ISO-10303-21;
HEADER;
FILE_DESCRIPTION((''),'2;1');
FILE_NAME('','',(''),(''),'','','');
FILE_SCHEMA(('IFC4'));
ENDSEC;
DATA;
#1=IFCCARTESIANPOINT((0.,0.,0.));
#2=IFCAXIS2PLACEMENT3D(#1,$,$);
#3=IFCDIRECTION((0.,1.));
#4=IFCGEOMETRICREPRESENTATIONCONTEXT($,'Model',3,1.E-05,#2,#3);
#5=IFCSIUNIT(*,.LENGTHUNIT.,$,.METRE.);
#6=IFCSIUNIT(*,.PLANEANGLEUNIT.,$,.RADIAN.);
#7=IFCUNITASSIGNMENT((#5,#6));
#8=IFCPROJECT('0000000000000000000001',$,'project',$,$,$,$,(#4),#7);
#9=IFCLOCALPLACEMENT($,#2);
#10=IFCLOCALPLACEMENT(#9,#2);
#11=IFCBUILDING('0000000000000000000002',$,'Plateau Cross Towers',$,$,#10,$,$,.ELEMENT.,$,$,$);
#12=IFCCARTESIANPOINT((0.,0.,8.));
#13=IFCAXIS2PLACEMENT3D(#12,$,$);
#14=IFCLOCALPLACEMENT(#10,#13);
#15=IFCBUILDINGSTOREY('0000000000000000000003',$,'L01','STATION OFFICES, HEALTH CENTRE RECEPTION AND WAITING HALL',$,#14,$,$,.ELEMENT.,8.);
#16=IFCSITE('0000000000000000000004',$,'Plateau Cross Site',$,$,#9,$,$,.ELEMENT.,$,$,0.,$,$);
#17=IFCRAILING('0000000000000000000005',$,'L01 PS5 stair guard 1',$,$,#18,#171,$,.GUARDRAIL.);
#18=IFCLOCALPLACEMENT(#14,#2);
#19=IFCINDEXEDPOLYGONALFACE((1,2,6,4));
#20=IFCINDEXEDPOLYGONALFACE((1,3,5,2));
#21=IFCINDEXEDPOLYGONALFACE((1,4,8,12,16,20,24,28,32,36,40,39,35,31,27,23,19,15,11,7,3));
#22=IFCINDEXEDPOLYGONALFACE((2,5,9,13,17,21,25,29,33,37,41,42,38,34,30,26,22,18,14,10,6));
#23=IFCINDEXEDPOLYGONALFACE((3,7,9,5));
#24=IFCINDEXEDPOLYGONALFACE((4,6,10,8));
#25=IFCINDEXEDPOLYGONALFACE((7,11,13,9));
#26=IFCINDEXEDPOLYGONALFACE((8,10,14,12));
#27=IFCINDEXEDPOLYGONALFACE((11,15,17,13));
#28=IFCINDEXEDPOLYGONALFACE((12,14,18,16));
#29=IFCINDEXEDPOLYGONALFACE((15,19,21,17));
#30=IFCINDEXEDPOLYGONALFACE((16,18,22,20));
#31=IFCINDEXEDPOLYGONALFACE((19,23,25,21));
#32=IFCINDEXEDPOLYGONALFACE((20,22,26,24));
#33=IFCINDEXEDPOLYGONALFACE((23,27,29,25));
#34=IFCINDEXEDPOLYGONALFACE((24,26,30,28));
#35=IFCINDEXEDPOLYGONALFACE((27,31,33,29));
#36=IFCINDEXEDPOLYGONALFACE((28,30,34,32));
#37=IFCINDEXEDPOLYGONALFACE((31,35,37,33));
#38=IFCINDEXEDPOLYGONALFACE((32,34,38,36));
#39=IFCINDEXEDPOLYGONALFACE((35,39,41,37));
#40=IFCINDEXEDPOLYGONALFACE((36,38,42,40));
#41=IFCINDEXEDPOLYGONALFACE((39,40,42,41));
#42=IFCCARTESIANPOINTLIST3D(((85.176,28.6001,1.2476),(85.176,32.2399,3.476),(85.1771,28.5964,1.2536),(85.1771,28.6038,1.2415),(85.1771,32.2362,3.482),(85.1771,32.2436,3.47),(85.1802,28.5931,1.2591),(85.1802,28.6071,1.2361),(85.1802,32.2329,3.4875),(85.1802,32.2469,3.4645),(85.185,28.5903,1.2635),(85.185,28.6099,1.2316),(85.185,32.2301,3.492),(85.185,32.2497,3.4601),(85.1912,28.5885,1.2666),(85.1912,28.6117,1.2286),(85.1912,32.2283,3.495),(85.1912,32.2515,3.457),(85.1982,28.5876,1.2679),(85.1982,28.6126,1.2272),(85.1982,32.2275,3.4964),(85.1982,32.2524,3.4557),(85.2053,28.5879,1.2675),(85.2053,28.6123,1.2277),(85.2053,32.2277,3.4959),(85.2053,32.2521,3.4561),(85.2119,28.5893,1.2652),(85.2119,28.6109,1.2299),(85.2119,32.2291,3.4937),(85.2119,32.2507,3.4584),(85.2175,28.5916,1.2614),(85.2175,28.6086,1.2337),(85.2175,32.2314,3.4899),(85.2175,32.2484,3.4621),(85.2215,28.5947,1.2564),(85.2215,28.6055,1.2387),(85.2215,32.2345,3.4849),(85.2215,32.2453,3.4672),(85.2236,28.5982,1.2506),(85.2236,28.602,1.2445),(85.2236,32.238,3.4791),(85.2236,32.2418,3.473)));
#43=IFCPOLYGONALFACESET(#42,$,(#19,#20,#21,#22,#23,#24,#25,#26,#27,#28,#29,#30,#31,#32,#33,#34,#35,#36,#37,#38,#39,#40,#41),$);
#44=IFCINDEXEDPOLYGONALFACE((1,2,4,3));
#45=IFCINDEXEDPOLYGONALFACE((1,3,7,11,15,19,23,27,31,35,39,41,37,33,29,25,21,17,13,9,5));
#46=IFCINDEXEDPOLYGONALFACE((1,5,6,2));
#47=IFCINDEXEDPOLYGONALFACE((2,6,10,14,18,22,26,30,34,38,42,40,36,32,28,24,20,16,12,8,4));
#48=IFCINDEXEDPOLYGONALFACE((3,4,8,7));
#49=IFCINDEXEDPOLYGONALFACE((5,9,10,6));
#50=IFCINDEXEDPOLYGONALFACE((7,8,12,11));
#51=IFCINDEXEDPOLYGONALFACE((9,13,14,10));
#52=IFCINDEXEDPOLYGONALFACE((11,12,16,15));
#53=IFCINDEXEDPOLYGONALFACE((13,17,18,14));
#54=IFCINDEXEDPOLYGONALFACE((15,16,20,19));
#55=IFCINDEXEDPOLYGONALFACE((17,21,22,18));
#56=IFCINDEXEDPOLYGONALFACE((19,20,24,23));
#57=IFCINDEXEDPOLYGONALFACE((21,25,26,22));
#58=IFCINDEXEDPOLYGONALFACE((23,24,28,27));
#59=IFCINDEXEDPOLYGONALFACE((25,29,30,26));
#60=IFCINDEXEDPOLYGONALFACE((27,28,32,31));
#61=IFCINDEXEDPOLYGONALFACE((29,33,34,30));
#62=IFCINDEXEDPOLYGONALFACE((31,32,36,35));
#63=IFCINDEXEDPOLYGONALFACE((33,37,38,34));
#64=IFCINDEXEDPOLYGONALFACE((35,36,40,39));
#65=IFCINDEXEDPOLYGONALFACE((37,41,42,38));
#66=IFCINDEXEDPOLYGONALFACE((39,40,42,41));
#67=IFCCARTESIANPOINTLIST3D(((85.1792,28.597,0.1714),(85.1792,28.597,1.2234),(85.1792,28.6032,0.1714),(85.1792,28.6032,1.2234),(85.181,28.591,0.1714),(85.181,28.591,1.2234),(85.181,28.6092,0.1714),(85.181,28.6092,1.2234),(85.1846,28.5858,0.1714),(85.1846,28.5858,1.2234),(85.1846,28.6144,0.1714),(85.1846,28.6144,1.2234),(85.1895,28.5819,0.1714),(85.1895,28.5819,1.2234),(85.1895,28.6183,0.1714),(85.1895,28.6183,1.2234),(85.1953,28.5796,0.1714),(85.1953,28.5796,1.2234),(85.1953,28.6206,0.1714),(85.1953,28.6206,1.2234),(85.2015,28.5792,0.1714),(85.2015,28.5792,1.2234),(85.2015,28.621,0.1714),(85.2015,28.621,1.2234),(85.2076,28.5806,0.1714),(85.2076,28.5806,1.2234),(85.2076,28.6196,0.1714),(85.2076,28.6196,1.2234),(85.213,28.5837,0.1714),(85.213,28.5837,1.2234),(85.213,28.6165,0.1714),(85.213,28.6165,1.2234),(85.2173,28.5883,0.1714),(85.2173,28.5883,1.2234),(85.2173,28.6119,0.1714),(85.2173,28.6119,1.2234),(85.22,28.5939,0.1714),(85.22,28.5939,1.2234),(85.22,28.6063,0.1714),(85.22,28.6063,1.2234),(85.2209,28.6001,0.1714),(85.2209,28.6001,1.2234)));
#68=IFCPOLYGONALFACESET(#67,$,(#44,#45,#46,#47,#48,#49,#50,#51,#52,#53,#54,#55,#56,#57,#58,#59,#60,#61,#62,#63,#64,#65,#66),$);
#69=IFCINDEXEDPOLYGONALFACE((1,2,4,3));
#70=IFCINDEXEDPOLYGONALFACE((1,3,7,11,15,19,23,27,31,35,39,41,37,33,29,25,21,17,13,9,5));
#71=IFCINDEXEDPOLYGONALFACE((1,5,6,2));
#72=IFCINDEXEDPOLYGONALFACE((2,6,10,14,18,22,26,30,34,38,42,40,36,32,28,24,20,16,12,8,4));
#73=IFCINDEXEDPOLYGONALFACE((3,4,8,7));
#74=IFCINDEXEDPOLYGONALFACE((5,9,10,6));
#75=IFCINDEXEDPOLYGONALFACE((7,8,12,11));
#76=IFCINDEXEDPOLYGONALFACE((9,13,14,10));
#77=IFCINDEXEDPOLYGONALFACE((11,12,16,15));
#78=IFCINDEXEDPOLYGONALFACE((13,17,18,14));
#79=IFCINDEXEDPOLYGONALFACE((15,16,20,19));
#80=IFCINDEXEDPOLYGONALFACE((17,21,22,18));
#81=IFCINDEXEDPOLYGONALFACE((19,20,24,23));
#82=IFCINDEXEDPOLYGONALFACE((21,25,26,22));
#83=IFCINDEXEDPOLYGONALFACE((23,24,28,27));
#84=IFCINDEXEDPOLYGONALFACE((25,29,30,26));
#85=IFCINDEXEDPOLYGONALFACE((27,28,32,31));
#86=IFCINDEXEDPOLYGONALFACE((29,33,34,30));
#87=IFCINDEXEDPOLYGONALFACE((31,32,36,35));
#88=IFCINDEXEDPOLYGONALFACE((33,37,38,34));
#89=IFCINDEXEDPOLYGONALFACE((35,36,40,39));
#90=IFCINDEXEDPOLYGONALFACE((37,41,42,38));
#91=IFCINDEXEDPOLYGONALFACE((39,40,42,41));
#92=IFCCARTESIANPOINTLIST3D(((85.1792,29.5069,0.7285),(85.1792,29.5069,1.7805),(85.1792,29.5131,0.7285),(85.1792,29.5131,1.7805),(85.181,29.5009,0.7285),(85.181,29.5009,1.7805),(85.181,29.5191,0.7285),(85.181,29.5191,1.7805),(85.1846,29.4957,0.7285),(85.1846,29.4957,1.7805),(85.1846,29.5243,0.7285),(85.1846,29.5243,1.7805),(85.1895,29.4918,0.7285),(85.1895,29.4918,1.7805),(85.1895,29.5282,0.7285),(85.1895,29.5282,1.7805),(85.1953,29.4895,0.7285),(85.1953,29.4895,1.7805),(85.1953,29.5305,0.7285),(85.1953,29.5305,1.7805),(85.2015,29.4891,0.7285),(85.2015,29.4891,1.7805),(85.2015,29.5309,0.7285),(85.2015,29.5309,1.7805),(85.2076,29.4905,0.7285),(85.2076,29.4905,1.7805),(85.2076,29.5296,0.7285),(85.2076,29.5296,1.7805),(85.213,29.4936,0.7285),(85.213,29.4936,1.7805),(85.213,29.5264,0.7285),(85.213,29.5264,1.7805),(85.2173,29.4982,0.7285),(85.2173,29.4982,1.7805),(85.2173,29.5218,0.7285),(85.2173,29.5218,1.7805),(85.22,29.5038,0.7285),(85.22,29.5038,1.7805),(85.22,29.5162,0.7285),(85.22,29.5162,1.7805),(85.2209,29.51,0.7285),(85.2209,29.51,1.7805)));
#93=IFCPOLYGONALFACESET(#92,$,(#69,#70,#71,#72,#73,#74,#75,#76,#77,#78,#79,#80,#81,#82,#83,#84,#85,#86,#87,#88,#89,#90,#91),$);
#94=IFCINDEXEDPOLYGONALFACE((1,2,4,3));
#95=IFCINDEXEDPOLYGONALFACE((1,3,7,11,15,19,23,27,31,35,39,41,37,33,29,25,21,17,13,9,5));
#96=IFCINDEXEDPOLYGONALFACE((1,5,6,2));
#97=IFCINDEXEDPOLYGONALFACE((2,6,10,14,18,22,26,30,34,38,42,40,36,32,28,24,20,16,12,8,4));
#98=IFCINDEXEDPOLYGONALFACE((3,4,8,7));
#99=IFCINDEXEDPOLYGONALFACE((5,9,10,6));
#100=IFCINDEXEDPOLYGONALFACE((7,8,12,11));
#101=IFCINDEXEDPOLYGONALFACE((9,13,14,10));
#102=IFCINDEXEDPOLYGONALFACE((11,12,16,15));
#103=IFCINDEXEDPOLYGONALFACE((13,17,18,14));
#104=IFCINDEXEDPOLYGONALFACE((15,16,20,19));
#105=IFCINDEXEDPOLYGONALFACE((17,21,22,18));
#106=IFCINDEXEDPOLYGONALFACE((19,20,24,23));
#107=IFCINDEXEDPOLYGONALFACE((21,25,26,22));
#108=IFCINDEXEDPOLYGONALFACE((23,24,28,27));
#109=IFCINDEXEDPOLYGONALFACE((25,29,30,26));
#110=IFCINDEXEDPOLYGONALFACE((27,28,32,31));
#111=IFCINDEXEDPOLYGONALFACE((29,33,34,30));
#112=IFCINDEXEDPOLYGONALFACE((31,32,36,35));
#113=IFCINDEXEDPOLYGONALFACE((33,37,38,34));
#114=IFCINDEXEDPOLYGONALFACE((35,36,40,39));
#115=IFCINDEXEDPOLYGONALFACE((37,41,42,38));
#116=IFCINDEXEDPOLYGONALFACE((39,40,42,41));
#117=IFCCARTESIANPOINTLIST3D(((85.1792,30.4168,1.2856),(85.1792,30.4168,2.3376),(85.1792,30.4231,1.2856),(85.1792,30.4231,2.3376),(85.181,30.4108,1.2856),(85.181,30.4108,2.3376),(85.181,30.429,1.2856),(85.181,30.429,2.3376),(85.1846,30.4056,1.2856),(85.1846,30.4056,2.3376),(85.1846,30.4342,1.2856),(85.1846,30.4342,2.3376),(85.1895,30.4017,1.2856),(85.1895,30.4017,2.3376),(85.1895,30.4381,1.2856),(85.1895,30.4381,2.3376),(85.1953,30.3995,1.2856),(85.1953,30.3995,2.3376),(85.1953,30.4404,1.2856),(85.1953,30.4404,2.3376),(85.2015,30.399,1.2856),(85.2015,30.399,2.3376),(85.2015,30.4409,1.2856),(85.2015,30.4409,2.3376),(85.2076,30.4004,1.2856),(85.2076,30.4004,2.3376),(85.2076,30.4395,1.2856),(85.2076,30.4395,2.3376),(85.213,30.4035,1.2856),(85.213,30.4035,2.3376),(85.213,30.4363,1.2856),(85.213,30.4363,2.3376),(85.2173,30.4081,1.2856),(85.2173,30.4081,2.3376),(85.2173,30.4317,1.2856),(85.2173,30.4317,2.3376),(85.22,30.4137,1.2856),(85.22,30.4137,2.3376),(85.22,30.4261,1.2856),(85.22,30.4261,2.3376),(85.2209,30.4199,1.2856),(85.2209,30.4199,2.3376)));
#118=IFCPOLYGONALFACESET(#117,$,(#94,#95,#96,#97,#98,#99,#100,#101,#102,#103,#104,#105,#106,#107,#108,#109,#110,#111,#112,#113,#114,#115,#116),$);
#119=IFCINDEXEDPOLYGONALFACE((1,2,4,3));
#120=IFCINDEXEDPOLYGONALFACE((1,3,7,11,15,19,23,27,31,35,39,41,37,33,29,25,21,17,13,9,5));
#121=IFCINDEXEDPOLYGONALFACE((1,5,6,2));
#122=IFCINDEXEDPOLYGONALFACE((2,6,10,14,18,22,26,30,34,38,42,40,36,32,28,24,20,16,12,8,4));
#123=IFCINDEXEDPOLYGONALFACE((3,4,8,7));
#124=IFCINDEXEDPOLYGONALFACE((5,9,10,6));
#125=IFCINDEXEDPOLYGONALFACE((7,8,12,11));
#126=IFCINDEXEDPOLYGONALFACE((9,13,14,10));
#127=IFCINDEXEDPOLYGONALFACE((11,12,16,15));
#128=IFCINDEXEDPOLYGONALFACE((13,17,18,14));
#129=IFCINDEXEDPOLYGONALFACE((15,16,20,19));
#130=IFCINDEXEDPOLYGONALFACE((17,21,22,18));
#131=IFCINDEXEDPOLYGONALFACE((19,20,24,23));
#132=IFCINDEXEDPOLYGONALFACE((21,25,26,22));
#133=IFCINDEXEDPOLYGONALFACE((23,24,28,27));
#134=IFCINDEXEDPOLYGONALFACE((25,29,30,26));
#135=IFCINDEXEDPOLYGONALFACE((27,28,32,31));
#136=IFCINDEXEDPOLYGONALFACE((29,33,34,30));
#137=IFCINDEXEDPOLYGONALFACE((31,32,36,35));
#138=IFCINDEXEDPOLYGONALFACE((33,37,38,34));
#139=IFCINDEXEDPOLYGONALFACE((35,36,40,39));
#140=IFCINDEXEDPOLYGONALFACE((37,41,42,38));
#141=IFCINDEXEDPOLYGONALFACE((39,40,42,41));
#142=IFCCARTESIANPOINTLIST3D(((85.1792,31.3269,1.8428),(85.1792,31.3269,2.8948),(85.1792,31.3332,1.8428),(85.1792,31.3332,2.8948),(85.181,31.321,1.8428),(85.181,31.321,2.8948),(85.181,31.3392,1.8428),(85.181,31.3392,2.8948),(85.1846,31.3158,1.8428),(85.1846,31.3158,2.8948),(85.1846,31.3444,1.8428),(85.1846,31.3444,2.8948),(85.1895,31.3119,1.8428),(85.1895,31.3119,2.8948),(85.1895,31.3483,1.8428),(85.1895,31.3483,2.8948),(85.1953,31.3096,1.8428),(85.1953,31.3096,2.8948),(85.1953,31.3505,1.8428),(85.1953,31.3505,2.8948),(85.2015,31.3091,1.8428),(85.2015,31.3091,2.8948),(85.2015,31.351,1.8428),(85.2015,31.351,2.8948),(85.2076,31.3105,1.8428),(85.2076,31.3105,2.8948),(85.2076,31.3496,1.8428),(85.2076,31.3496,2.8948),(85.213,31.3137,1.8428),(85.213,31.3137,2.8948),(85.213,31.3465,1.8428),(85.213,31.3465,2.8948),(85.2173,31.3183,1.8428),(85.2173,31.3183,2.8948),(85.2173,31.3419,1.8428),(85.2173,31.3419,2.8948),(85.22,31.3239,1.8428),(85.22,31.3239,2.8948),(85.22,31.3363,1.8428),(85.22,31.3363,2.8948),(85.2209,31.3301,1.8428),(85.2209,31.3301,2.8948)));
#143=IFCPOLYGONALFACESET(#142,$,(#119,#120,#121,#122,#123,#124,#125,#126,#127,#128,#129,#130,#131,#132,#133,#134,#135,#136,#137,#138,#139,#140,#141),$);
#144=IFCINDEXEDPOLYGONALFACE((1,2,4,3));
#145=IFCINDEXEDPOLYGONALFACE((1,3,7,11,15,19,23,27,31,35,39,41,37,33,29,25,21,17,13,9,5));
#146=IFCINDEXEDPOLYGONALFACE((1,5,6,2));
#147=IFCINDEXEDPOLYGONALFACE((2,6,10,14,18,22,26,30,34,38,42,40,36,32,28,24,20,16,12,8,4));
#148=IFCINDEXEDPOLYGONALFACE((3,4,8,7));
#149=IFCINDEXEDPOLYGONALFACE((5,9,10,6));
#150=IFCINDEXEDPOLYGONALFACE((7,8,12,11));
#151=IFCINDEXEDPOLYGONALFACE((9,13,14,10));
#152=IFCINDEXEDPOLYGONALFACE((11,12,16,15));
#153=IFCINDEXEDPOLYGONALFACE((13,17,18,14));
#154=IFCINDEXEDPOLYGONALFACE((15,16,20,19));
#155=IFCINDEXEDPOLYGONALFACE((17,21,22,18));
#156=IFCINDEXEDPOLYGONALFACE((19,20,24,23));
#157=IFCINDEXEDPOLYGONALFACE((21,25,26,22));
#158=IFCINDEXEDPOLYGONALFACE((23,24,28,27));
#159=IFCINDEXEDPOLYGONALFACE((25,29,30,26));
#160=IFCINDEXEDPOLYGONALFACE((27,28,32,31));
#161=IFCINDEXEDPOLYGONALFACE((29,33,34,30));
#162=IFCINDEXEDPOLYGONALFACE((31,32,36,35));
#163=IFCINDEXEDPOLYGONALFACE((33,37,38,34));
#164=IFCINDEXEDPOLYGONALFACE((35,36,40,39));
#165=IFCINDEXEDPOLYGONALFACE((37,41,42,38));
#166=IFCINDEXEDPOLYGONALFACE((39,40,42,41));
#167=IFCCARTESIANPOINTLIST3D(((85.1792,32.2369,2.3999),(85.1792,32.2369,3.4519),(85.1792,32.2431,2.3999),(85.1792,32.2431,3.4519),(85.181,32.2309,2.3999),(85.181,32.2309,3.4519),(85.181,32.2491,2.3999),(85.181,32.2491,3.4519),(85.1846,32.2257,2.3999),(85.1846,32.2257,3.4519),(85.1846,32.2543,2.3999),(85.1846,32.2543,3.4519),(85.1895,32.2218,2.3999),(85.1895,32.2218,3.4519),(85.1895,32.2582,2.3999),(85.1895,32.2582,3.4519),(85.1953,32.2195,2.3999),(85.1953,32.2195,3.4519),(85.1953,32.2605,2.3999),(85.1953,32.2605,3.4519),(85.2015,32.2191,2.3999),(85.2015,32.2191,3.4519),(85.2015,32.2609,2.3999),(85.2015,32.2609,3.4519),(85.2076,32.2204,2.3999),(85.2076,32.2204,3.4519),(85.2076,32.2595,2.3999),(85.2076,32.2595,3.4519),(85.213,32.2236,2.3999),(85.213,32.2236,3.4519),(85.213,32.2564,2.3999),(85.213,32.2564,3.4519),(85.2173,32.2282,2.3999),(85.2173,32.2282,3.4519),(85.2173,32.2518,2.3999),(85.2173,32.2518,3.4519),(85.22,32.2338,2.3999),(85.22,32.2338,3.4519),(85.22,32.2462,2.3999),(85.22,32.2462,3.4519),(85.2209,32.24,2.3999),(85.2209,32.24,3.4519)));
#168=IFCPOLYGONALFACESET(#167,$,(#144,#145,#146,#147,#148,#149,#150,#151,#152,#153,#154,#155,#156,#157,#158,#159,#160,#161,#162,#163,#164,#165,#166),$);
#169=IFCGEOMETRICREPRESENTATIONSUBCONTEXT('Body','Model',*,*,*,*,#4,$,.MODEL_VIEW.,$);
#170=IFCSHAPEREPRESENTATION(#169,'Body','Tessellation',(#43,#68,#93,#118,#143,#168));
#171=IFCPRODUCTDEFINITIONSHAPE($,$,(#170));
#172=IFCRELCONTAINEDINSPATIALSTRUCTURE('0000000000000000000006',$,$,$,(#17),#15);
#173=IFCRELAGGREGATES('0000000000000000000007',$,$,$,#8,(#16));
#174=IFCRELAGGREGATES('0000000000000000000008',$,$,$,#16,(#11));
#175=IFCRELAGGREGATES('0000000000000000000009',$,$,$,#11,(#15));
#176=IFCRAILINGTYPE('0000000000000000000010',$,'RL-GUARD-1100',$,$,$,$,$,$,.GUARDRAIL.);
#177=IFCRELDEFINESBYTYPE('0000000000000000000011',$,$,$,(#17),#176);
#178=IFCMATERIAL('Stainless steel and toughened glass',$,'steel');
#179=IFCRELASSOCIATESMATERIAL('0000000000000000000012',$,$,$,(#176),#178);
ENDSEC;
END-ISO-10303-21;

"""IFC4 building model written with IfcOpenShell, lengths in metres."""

from ifc_helpers import new_model, si_unit, direction, frame, origin, origin_2d, place, context, subcontext, project, spatial, circle, extrude, material, type_object, element, save


model = new_model("IFC4")

# Units and contexts
model_context = context("Model", 3, precision=1e-05, world=origin(), true_north=direction((0.0, 1.0)))
body_context = subcontext(model_context, "Body", "Model", "MODEL_VIEW")
ifc_project = project(units=[si_unit("LENGTHUNIT", "METRE"), si_unit("PLANEANGLEUNIT", "RADIAN")], contexts=[model_context])

# Site, building, storey
site_placement = place(None, origin())
site = spatial("IfcSite", under=ifc_project, at=site_placement, Name="Plateau Cross Site", CompositionType="ELEMENT", RefElevation=0.0)
building_placement = place(site_placement, origin())
building = spatial("IfcBuilding", under=site, at=building_placement, Name="Plateau Cross Towers", CompositionType="ELEMENT")
storey_placement = place(building_placement, frame((0.0, 0.0, 8.0)))
storey = spatial("IfcBuildingStorey", under=building, at=storey_placement, Name="L01", Description="STATION OFFICES, HEALTH CENTRE RECEPTION AND WAITING HALL", CompositionType="ELEMENT", Elevation=8.0)

# Railing
ifc_material_1 = material(Name="Stainless steel and toughened glass", Category="steel")
railing_type_1 = type_object("IfcRailingType", Name="RL-GUARD-1100", PredefinedType="GUARDRAIL", material=ifc_material_1)
railing_1_placement = place(storey_placement, frame((85.2, 28.6001, 0.1714)))
element("IfcRailing", 1, at=railing_1_placement, inside=storey, type_object=railing_type_1, Name="L01 PS5 stair guard 1", PredefinedType="GUARDRAIL", context=body_context, shape_type="SweptSolid", body=[
    extrude(circle(Radius=0.0239, at=origin_2d()), frame((0.0, 0.0, 1.0762), z_axis=(0.0, 0.85285, 0.522156), x_axis=(-1.0, 0.0, 0.0)), (0.0, 0.0, 1.0), 4.2678),
    extrude(circle(Radius=0.021, at=origin_2d()), origin(), (0.0, 0.0, 1.0), 1.052),
    extrude(circle(Radius=0.021, at=origin_2d()), frame((0.0, 0.9099, 0.5571)), (0.0, 0.0, 1.0), 1.052),
    extrude(circle(Radius=0.021, at=origin_2d()), frame((0.0, 1.8198, 1.1143)), (0.0, 0.0, 1.0), 1.052),
    extrude(circle(Radius=0.021, at=origin_2d()), frame((0.0, 2.73, 1.6714)), (0.0, 0.0, 1.0), 1.052),
    extrude(circle(Radius=0.021, at=origin_2d()), frame((0.0, 3.6399, 2.2285)), (0.0, 0.0, 1.0), 1.052),
])

save(model, "model.ifc")
